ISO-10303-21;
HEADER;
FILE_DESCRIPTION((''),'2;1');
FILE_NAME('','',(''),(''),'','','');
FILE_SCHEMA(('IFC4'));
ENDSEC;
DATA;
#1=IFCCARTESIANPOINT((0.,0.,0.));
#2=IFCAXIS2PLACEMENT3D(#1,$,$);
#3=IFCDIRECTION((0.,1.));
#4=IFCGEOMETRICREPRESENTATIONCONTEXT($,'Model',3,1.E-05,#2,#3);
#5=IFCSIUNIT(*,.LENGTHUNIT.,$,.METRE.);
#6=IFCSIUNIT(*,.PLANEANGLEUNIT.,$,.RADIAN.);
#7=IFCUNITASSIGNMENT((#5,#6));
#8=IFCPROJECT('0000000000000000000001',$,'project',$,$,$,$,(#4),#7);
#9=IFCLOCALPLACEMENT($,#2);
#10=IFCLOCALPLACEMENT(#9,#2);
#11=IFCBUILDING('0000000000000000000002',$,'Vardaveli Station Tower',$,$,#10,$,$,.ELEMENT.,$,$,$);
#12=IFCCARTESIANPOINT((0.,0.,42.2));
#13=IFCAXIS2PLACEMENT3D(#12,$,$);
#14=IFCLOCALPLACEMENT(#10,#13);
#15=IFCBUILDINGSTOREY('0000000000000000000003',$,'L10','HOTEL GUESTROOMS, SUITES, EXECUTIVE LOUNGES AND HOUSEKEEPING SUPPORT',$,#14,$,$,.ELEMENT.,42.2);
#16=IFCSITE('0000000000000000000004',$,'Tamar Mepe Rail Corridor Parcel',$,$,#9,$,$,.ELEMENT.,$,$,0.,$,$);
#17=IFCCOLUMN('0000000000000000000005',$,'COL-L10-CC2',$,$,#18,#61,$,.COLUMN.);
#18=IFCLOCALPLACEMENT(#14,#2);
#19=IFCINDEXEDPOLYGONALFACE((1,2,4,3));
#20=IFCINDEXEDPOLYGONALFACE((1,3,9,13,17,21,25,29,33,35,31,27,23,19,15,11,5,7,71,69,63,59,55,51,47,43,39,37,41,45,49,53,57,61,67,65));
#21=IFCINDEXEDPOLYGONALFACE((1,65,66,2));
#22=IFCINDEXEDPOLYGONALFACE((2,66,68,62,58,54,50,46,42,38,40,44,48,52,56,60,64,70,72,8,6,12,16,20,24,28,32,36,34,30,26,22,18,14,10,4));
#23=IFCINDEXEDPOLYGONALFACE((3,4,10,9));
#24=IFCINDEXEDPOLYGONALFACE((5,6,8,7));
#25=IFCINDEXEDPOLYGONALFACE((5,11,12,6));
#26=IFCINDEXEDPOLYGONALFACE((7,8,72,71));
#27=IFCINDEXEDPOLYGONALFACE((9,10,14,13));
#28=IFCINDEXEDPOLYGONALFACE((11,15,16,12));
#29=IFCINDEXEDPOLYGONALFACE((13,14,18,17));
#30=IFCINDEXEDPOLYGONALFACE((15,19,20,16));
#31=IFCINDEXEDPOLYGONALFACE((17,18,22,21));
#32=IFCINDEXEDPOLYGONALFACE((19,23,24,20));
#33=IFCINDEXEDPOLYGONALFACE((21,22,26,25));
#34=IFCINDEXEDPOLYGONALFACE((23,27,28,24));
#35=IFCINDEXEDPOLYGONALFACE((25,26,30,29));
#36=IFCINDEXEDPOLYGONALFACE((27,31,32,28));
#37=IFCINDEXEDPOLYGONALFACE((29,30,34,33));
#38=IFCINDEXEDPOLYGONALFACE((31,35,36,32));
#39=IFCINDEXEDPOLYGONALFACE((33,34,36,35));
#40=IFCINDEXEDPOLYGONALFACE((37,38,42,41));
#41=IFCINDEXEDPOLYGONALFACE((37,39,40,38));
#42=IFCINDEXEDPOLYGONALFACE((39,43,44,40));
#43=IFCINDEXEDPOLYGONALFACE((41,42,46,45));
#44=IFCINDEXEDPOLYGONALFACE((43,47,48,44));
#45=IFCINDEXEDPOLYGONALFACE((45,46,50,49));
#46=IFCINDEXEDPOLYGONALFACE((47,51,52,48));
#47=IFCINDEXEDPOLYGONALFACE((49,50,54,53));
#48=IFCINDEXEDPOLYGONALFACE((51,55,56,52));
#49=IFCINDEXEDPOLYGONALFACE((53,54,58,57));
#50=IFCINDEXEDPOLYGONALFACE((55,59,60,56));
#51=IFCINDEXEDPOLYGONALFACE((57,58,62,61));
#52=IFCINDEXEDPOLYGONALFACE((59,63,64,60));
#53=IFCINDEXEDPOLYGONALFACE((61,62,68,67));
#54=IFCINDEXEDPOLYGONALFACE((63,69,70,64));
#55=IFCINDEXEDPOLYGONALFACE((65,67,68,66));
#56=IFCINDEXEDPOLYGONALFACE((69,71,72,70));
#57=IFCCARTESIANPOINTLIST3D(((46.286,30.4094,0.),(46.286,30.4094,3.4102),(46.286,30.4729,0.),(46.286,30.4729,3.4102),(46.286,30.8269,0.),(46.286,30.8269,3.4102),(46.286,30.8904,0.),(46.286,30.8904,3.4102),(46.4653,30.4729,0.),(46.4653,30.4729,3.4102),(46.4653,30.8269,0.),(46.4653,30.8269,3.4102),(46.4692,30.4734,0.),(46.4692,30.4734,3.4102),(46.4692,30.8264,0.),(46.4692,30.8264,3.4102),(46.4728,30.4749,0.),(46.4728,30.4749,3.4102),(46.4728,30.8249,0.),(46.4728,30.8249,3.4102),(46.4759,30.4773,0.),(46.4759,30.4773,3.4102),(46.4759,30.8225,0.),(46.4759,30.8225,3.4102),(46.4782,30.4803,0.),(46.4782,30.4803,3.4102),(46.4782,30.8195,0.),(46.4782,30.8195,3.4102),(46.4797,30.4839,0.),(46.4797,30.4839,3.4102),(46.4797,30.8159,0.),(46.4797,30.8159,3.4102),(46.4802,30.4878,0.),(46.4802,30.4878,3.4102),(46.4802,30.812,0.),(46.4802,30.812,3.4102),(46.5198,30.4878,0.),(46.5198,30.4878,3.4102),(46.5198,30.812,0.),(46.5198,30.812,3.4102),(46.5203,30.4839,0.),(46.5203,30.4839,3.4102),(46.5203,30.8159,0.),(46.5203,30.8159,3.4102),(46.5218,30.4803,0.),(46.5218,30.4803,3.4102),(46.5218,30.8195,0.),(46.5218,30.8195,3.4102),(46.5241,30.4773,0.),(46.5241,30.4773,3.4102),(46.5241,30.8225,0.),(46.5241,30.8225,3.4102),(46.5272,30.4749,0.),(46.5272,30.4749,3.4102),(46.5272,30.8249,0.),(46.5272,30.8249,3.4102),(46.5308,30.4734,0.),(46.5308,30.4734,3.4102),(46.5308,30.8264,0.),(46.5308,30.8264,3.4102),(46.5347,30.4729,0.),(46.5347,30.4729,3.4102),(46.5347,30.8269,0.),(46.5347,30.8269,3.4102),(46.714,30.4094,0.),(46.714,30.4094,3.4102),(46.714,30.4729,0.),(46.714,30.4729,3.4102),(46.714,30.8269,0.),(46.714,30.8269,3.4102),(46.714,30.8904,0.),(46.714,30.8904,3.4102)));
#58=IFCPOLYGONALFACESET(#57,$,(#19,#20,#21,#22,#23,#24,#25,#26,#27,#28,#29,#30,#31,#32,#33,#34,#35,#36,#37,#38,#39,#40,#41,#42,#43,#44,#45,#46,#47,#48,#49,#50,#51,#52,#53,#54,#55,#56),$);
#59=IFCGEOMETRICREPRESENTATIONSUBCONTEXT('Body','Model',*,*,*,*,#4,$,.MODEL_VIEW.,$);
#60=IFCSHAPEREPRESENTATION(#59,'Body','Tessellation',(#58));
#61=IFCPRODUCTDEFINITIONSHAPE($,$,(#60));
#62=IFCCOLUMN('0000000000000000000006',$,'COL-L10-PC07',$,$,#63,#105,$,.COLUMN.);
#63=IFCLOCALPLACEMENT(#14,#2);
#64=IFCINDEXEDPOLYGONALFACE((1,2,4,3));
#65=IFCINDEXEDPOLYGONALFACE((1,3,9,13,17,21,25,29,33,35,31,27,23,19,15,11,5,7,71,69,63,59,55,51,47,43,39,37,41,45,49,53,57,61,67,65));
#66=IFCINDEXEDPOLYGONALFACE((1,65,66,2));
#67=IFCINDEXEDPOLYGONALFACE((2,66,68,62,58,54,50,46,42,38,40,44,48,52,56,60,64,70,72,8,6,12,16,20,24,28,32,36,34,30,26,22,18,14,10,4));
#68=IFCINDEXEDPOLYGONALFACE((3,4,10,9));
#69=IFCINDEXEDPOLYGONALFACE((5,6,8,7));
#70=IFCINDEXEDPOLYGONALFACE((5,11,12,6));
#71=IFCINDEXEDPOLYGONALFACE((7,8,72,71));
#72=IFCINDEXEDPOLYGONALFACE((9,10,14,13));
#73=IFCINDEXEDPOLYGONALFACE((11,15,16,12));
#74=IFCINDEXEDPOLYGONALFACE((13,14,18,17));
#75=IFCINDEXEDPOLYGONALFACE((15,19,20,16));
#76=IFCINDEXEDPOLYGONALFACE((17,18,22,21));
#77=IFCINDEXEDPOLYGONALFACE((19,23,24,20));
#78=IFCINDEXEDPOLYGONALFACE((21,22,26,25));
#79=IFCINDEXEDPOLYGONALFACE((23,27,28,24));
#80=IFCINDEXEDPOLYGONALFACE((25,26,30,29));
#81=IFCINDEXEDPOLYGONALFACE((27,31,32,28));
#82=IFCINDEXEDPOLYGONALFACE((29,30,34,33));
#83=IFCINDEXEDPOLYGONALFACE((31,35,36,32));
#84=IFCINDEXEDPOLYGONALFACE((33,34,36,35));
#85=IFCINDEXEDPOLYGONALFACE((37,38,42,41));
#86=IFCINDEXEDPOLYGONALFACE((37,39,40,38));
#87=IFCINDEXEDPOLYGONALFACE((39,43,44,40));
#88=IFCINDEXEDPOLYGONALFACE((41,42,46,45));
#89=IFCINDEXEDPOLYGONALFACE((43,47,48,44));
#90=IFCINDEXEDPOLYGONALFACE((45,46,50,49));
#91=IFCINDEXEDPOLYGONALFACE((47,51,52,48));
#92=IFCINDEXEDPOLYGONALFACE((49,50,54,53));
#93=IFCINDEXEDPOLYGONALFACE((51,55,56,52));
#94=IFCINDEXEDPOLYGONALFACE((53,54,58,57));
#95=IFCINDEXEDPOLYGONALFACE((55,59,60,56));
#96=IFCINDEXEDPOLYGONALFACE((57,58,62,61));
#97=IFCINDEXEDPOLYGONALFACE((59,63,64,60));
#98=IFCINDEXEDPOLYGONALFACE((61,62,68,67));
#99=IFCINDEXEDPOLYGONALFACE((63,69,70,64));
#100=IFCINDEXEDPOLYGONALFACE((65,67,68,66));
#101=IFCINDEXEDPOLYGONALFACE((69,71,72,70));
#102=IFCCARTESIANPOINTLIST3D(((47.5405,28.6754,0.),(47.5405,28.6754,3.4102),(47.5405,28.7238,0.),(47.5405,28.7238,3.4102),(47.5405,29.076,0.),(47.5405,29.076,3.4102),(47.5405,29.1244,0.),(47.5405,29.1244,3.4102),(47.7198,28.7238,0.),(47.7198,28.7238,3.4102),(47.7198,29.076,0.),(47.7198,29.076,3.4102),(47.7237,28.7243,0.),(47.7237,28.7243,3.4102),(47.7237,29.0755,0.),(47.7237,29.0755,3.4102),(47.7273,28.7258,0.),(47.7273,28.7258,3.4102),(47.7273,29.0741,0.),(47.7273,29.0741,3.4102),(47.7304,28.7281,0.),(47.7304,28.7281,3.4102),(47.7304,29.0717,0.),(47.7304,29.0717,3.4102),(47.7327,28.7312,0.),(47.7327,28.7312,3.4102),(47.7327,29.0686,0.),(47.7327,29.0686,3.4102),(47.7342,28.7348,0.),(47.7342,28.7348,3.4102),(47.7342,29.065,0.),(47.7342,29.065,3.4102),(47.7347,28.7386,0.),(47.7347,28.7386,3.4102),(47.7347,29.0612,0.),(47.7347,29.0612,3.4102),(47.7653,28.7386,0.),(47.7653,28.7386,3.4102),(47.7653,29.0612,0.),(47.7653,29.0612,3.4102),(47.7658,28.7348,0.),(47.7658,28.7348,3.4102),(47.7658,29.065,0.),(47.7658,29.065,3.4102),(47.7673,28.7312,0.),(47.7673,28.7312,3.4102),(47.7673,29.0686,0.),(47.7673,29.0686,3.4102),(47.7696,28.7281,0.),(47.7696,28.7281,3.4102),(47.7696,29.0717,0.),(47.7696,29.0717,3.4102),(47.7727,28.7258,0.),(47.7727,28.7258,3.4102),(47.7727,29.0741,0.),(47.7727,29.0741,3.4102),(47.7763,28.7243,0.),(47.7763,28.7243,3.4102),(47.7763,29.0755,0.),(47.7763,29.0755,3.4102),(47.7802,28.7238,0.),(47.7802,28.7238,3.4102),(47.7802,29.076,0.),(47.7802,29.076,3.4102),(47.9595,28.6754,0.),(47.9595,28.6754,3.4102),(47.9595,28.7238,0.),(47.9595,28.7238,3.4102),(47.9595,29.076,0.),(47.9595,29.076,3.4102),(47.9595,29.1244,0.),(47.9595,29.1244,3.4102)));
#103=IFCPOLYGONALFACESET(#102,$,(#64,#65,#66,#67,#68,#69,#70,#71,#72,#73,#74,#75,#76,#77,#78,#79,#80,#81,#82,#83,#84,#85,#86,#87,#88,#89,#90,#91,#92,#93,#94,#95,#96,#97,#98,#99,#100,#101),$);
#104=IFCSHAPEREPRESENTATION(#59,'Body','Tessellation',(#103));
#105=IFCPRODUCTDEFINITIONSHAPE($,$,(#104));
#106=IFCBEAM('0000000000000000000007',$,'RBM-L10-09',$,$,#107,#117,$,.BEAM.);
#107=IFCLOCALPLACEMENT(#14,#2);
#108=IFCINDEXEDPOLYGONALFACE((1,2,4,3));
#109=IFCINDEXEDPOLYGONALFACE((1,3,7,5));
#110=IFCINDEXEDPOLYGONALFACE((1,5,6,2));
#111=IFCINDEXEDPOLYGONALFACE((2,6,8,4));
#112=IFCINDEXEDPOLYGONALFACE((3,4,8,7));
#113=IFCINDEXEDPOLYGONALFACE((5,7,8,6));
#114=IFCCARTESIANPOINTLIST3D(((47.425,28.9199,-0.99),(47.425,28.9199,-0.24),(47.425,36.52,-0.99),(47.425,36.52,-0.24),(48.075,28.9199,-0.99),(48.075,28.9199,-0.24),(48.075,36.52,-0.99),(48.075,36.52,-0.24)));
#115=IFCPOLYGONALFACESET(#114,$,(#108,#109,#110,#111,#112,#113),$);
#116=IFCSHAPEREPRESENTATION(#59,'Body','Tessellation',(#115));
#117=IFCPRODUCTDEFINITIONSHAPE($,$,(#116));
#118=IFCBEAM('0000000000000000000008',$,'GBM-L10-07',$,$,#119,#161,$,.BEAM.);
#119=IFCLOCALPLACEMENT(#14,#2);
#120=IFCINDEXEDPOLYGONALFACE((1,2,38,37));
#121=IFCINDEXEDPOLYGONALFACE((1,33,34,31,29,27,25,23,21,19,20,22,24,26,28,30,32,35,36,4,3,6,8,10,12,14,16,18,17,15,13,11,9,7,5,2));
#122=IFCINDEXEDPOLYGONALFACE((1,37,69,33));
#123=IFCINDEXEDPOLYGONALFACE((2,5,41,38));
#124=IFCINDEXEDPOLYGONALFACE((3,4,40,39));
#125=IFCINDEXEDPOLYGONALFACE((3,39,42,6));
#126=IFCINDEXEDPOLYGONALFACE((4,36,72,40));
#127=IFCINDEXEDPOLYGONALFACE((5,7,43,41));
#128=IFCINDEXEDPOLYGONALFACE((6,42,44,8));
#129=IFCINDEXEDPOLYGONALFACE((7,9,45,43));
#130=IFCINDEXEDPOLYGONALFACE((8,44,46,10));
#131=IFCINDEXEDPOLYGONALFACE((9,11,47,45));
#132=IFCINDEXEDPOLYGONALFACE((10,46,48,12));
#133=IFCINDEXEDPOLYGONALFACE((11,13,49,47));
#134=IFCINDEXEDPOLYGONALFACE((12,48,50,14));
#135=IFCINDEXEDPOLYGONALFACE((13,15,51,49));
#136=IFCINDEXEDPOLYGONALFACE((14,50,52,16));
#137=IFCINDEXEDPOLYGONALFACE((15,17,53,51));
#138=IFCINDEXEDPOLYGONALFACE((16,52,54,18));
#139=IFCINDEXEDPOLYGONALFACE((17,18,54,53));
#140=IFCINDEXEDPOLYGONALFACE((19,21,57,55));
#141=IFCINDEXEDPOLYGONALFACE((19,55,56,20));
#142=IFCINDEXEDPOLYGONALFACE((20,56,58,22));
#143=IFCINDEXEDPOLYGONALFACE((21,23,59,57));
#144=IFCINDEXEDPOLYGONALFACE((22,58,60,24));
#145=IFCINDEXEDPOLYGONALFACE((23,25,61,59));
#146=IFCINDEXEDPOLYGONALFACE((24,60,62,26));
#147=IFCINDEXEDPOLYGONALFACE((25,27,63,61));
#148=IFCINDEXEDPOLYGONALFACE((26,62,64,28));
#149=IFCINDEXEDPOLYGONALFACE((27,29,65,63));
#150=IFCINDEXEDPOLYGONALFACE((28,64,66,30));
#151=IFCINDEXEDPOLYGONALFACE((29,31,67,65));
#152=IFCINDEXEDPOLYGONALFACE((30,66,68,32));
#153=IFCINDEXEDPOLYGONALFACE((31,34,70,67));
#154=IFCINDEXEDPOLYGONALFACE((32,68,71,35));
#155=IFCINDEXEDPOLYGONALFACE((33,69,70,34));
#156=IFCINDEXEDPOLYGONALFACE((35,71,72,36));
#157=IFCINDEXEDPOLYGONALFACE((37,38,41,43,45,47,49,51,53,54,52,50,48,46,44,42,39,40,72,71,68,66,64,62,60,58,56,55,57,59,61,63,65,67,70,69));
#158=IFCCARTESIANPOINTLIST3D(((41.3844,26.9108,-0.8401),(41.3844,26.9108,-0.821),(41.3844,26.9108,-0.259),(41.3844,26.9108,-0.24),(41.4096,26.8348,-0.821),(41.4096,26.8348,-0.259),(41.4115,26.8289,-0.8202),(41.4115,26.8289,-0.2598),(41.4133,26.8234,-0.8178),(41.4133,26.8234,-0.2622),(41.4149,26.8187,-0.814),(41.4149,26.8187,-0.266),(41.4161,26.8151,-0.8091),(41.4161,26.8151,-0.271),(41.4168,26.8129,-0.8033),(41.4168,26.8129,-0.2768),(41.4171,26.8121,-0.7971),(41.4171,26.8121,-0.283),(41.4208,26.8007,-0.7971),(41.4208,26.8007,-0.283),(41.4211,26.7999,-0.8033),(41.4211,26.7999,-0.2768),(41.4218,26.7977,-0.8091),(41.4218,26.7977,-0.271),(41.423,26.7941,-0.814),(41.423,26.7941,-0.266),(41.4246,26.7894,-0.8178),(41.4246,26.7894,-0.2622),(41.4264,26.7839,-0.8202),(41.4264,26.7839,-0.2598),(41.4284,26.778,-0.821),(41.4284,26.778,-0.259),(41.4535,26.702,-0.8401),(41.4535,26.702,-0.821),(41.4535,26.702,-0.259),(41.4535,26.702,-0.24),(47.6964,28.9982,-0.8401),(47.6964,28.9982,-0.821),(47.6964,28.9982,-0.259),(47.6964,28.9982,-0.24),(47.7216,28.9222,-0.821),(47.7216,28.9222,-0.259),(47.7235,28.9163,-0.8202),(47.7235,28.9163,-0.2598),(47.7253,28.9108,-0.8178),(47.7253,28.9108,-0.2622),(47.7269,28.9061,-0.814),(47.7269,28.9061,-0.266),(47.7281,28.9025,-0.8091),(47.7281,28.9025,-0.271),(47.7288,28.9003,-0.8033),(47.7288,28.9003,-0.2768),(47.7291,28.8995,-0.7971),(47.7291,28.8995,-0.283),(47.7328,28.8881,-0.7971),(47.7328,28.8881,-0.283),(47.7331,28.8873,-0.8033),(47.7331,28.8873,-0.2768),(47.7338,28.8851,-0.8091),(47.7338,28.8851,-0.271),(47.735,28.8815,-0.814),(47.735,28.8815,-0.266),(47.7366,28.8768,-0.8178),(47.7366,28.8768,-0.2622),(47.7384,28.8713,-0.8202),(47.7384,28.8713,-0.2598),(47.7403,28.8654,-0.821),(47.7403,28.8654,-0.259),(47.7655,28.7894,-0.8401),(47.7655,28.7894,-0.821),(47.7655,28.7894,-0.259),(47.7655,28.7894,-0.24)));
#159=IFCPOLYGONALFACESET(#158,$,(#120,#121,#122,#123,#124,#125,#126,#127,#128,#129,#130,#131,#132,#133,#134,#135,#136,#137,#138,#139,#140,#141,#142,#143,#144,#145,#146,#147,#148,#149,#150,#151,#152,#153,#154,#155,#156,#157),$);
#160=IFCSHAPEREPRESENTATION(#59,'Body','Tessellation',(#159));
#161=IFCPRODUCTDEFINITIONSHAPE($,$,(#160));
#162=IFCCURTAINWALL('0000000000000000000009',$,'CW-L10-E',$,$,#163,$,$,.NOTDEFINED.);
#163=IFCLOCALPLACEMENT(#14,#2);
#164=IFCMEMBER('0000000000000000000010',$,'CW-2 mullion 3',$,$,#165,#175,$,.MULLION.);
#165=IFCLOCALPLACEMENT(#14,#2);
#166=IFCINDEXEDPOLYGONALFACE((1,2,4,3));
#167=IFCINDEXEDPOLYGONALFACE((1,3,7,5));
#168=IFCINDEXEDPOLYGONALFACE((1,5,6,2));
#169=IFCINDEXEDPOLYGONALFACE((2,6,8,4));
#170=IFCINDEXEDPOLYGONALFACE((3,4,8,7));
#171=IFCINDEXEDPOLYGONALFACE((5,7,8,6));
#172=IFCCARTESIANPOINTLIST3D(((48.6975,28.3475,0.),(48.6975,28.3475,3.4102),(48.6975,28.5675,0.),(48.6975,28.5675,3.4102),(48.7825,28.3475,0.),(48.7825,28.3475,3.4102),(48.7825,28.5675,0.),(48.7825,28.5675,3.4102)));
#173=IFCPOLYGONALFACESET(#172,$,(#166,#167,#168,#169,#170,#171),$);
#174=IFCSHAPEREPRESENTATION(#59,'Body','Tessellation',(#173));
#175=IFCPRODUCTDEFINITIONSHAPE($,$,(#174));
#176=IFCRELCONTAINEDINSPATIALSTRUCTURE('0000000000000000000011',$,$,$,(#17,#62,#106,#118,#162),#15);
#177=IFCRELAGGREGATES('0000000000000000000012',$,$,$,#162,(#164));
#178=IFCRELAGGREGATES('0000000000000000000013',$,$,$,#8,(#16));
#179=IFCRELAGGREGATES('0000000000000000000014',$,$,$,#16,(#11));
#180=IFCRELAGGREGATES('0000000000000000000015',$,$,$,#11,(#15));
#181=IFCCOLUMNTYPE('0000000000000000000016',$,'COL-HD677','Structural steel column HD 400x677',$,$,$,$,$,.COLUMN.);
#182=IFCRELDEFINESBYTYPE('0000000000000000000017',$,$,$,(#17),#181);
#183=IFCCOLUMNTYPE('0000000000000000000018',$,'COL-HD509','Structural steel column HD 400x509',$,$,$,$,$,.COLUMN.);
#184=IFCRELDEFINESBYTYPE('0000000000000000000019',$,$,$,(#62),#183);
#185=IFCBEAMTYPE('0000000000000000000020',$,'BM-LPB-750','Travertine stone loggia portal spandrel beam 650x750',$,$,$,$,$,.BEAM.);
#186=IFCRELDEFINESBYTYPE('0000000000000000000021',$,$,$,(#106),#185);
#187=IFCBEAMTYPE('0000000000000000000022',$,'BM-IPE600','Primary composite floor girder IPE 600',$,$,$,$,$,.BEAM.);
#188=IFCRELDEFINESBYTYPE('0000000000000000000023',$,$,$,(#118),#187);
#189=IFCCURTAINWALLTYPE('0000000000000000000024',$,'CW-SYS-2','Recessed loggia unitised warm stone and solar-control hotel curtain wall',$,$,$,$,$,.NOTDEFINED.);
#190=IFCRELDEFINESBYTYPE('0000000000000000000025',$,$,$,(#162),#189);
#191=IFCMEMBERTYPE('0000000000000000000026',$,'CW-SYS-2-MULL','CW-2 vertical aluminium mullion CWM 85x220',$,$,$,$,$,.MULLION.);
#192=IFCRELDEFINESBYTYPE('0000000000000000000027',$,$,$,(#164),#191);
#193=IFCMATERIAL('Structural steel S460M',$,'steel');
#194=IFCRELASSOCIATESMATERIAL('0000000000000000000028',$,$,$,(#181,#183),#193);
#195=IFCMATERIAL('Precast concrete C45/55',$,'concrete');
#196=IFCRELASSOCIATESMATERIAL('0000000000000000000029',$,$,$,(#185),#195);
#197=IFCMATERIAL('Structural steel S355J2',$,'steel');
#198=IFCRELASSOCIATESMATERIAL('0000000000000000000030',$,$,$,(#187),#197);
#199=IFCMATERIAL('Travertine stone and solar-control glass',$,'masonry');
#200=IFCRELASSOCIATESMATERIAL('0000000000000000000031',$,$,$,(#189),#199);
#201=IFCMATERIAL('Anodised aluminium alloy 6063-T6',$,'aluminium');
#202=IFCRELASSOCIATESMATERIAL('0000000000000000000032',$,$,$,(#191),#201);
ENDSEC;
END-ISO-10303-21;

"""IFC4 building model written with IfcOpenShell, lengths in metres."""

from ifc_helpers import new_model, si_unit, direction, frame, origin, origin_2d, place, context, subcontext, project, spatial, rectangle, i_section, extrude, source, transform, mapped, material, material_profile, profile_set, type_object, element, aggregate, save


model = new_model("IFC4")

# Units and contexts
model_context = context("Model", 3, precision=1e-05, world=origin(), true_north=direction((0.0, 1.0)))
body_context = subcontext(model_context, "Body", "Model", "MODEL_VIEW")
ifc_project = project(units=[si_unit("LENGTHUNIT", "METRE"), si_unit("PLANEANGLEUNIT", "RADIAN")], contexts=[model_context])

# Site, building, storey
site_placement = place(None, origin())
site = spatial("IfcSite", under=ifc_project, at=site_placement, Name="Tamar Mepe Rail Corridor Parcel", CompositionType="ELEMENT", RefElevation=0.0)
building_placement = place(site_placement, origin())
building = spatial("IfcBuilding", under=site, at=building_placement, Name="Vardaveli Station Tower", CompositionType="ELEMENT")
storey_placement = place(building_placement, frame((0.0, 0.0, 42.2)))
storey = spatial("IfcBuildingStorey", under=building, at=storey_placement, Name="L10", Description="HOTEL GUESTROOMS, SUITES, EXECUTIVE LOUNGES AND HOUSEKEEPING SUPPORT", CompositionType="ELEMENT", Elevation=42.2)

# Columns
ifc_material_1 = material(Name="Structural steel S460M", Category="steel")
ifc_material_profile_1 = material_profile(ifc_material_1, i_section(OverallWidth=0.428, OverallDepth=0.481, WebThickness=0.0396, FlangeThickness=0.0635, FilletRadius=0.0149, at=origin_2d()), Name="HD 400x677")
ifc_profile_set_1 = profile_set([ifc_material_profile_1], Name="Structural steel S460M")
column_type_1 = type_object("IfcColumnType", Name="COL-HD677", Description="Structural steel column HD 400x677", PredefinedType="COLUMN", material=ifc_profile_set_1)
shared_shape_1 = source(origin(), body_context, "Body", "SweptSolid", [
    extrude(i_section(OverallWidth=0.428, OverallDepth=0.481, WebThickness=0.0396, FlangeThickness=0.0635, FilletRadius=0.0149, at=origin_2d()), origin(), (0.0, 0.0, 1.0), 3.4102),
])
column_1_placement = place(storey_placement, frame((46.5, 30.6499, 0.0), z_axis=(0.0, 0.0, 1.0), x_axis=(1.0, 0.0, 0.0)))
element("IfcColumn", 1, at=column_1_placement, inside=storey, type_object=column_type_1, Name="COL-L10-CC2", PredefinedType="COLUMN", context=body_context, shape_type="MappedRepresentation", body=[
    mapped(shared_shape_1, transform((0.0, 0.0, 0.0), scale=1.0)),
])
ifc_material_profile_2 = material_profile(ifc_material_1, i_section(OverallWidth=0.4189, OverallDepth=0.449, WebThickness=0.0305, FlangeThickness=0.0483, FilletRadius=0.0149, at=origin_2d()), Name="HD 400x509")
ifc_profile_set_2 = profile_set([ifc_material_profile_2], Name="Structural steel S460M")
column_type_2 = type_object("IfcColumnType", Name="COL-HD509", Description="Structural steel column HD 400x509", PredefinedType="COLUMN", material=ifc_profile_set_2)
shared_shape_2 = source(origin(), body_context, "Body", "SweptSolid", [
    extrude(i_section(OverallWidth=0.4189, OverallDepth=0.449, WebThickness=0.0305, FlangeThickness=0.0483, FilletRadius=0.0149, at=origin_2d()), origin(), (0.0, 0.0, 1.0), 3.4102),
])
column_2_placement = place(storey_placement, frame((47.75, 28.8999, 0.0), z_axis=(0.0, 0.0, 1.0), x_axis=(1.0, 0.0, 0.0)))
element("IfcColumn", 2, at=column_2_placement, inside=storey, type_object=column_type_2, Name="COL-L10-PC07", PredefinedType="COLUMN", context=body_context, shape_type="MappedRepresentation", body=[
    mapped(shared_shape_2, transform((0.0, 0.0, 0.0), scale=1.0)),
])

# Beams
ifc_material_2 = material(Name="Precast concrete C45/55", Category="concrete")
ifc_material_profile_3 = material_profile(ifc_material_2, rectangle(XDim=0.6499, YDim=0.75, at=origin_2d()), Name="LPB 650x750")
ifc_profile_set_3 = profile_set([ifc_material_profile_3], Name="Precast concrete C45/55")
beam_type_1 = type_object("IfcBeamType", Name="BM-LPB-750", Description="Travertine stone loggia portal spandrel beam 650x750", PredefinedType="BEAM", material=ifc_profile_set_3)
shared_shape_3 = source(origin(), body_context, "Body", "SweptSolid", [
    extrude(rectangle(XDim=0.6499, YDim=0.75, at=origin_2d()), origin(), (0.0, 0.0, 1.0), 7.6001),
])
beam_1_placement = place(storey_placement, frame((47.75, 28.9199, -0.615), z_axis=(0.0, 1.0, 0.0), x_axis=(-1.0, 0.0, 0.0)))
element("IfcBeam", 3, at=beam_1_placement, inside=storey, type_object=beam_type_1, Name="RBM-L10-09", PredefinedType="BEAM", context=body_context, shape_type="MappedRepresentation", body=[
    mapped(shared_shape_3, transform((0.0, 0.0, 0.0), scale=1.0)),
])
ifc_material_3 = material(Name="Structural steel S355J2", Category="steel")
ifc_material_profile_4 = material_profile(ifc_material_3, i_section(OverallWidth=0.22, OverallDepth=0.6001, WebThickness=0.012, FlangeThickness=0.019, FilletRadius=0.0239, at=origin_2d()), Name="IPE 600")
ifc_profile_set_4 = profile_set([ifc_material_profile_4], Name="Structural steel S355J2")
beam_type_2 = type_object("IfcBeamType", Name="BM-IPE600", Description="Primary composite floor girder IPE 600", PredefinedType="BEAM", material=ifc_profile_set_4)
shared_shape_4 = source(origin(), body_context, "Body", "SweptSolid", [
    extrude(i_section(OverallWidth=0.22, OverallDepth=0.6001, WebThickness=0.012, FlangeThickness=0.019, FilletRadius=0.0239, at=origin_2d()), origin(), (0.0, 0.0, 1.0), 6.6482),
])
beam_2_placement = place(storey_placement, frame((47.731, 28.8938, -0.54), z_axis=(-0.94943, -0.313979, 0.0), x_axis=(0.313979, -0.94943, 0.0)))
element("IfcBeam", 4, at=beam_2_placement, inside=storey, type_object=beam_type_2, Name="GBM-L10-07", PredefinedType="BEAM", context=body_context, shape_type="MappedRepresentation", body=[
    mapped(shared_shape_4, transform((0.0, 0.0, 0.0), scale=1.0)),
])

# Curtain wall, member
ifc_material_4 = material(Name="Travertine stone and solar-control glass", Category="masonry")
curtain_wall_type = type_object("IfcCurtainWallType", Name="CW-SYS-2", Description="Recessed loggia unitised warm stone and solar-control hotel curtain wall", PredefinedType="NOTDEFINED", material=ifc_material_4)
curtain_wall_placement = place(storey_placement, origin())
curtain_wall = element("IfcCurtainWall", 5, at=curtain_wall_placement, inside=storey, type_object=curtain_wall_type, Name="CW-L10-E", PredefinedType="NOTDEFINED")
ifc_material_5 = material(Name="Anodised aluminium alloy 6063-T6", Category="aluminium")
ifc_material_profile_5 = material_profile(ifc_material_5, rectangle(XDim=0.085, YDim=0.22, at=origin_2d()), Name="CWM 85x220")
ifc_profile_set_5 = profile_set([ifc_material_profile_5], Name="Anodised aluminium alloy 6063-T6")
member_type = type_object("IfcMemberType", Name="CW-SYS-2-MULL", Description="CW-2 vertical aluminium mullion CWM 85x220", PredefinedType="MULLION", material=ifc_profile_set_5)
shared_shape_5 = source(origin(), body_context, "Body", "SweptSolid", [
    extrude(rectangle(XDim=0.085, YDim=0.22, at=origin_2d()), origin(), (0.0, 0.0, 1.0), 3.4102),
])
member_placement = place(storey_placement, frame((48.74, 28.4575, 0.0), z_axis=(0.0, 0.0, 1.0), x_axis=(-1.0, 0.0, 0.0)))
member = element("IfcMember", 6, at=member_placement, type_object=member_type, Name="CW-2 mullion 3", PredefinedType="MULLION", context=body_context, shape_type="MappedRepresentation", body=[
    mapped(shared_shape_5, transform((0.0, 0.0, 0.0), scale=1.0)),
])
aggregate(curtain_wall, [member])

save(model, "model.ifc")
